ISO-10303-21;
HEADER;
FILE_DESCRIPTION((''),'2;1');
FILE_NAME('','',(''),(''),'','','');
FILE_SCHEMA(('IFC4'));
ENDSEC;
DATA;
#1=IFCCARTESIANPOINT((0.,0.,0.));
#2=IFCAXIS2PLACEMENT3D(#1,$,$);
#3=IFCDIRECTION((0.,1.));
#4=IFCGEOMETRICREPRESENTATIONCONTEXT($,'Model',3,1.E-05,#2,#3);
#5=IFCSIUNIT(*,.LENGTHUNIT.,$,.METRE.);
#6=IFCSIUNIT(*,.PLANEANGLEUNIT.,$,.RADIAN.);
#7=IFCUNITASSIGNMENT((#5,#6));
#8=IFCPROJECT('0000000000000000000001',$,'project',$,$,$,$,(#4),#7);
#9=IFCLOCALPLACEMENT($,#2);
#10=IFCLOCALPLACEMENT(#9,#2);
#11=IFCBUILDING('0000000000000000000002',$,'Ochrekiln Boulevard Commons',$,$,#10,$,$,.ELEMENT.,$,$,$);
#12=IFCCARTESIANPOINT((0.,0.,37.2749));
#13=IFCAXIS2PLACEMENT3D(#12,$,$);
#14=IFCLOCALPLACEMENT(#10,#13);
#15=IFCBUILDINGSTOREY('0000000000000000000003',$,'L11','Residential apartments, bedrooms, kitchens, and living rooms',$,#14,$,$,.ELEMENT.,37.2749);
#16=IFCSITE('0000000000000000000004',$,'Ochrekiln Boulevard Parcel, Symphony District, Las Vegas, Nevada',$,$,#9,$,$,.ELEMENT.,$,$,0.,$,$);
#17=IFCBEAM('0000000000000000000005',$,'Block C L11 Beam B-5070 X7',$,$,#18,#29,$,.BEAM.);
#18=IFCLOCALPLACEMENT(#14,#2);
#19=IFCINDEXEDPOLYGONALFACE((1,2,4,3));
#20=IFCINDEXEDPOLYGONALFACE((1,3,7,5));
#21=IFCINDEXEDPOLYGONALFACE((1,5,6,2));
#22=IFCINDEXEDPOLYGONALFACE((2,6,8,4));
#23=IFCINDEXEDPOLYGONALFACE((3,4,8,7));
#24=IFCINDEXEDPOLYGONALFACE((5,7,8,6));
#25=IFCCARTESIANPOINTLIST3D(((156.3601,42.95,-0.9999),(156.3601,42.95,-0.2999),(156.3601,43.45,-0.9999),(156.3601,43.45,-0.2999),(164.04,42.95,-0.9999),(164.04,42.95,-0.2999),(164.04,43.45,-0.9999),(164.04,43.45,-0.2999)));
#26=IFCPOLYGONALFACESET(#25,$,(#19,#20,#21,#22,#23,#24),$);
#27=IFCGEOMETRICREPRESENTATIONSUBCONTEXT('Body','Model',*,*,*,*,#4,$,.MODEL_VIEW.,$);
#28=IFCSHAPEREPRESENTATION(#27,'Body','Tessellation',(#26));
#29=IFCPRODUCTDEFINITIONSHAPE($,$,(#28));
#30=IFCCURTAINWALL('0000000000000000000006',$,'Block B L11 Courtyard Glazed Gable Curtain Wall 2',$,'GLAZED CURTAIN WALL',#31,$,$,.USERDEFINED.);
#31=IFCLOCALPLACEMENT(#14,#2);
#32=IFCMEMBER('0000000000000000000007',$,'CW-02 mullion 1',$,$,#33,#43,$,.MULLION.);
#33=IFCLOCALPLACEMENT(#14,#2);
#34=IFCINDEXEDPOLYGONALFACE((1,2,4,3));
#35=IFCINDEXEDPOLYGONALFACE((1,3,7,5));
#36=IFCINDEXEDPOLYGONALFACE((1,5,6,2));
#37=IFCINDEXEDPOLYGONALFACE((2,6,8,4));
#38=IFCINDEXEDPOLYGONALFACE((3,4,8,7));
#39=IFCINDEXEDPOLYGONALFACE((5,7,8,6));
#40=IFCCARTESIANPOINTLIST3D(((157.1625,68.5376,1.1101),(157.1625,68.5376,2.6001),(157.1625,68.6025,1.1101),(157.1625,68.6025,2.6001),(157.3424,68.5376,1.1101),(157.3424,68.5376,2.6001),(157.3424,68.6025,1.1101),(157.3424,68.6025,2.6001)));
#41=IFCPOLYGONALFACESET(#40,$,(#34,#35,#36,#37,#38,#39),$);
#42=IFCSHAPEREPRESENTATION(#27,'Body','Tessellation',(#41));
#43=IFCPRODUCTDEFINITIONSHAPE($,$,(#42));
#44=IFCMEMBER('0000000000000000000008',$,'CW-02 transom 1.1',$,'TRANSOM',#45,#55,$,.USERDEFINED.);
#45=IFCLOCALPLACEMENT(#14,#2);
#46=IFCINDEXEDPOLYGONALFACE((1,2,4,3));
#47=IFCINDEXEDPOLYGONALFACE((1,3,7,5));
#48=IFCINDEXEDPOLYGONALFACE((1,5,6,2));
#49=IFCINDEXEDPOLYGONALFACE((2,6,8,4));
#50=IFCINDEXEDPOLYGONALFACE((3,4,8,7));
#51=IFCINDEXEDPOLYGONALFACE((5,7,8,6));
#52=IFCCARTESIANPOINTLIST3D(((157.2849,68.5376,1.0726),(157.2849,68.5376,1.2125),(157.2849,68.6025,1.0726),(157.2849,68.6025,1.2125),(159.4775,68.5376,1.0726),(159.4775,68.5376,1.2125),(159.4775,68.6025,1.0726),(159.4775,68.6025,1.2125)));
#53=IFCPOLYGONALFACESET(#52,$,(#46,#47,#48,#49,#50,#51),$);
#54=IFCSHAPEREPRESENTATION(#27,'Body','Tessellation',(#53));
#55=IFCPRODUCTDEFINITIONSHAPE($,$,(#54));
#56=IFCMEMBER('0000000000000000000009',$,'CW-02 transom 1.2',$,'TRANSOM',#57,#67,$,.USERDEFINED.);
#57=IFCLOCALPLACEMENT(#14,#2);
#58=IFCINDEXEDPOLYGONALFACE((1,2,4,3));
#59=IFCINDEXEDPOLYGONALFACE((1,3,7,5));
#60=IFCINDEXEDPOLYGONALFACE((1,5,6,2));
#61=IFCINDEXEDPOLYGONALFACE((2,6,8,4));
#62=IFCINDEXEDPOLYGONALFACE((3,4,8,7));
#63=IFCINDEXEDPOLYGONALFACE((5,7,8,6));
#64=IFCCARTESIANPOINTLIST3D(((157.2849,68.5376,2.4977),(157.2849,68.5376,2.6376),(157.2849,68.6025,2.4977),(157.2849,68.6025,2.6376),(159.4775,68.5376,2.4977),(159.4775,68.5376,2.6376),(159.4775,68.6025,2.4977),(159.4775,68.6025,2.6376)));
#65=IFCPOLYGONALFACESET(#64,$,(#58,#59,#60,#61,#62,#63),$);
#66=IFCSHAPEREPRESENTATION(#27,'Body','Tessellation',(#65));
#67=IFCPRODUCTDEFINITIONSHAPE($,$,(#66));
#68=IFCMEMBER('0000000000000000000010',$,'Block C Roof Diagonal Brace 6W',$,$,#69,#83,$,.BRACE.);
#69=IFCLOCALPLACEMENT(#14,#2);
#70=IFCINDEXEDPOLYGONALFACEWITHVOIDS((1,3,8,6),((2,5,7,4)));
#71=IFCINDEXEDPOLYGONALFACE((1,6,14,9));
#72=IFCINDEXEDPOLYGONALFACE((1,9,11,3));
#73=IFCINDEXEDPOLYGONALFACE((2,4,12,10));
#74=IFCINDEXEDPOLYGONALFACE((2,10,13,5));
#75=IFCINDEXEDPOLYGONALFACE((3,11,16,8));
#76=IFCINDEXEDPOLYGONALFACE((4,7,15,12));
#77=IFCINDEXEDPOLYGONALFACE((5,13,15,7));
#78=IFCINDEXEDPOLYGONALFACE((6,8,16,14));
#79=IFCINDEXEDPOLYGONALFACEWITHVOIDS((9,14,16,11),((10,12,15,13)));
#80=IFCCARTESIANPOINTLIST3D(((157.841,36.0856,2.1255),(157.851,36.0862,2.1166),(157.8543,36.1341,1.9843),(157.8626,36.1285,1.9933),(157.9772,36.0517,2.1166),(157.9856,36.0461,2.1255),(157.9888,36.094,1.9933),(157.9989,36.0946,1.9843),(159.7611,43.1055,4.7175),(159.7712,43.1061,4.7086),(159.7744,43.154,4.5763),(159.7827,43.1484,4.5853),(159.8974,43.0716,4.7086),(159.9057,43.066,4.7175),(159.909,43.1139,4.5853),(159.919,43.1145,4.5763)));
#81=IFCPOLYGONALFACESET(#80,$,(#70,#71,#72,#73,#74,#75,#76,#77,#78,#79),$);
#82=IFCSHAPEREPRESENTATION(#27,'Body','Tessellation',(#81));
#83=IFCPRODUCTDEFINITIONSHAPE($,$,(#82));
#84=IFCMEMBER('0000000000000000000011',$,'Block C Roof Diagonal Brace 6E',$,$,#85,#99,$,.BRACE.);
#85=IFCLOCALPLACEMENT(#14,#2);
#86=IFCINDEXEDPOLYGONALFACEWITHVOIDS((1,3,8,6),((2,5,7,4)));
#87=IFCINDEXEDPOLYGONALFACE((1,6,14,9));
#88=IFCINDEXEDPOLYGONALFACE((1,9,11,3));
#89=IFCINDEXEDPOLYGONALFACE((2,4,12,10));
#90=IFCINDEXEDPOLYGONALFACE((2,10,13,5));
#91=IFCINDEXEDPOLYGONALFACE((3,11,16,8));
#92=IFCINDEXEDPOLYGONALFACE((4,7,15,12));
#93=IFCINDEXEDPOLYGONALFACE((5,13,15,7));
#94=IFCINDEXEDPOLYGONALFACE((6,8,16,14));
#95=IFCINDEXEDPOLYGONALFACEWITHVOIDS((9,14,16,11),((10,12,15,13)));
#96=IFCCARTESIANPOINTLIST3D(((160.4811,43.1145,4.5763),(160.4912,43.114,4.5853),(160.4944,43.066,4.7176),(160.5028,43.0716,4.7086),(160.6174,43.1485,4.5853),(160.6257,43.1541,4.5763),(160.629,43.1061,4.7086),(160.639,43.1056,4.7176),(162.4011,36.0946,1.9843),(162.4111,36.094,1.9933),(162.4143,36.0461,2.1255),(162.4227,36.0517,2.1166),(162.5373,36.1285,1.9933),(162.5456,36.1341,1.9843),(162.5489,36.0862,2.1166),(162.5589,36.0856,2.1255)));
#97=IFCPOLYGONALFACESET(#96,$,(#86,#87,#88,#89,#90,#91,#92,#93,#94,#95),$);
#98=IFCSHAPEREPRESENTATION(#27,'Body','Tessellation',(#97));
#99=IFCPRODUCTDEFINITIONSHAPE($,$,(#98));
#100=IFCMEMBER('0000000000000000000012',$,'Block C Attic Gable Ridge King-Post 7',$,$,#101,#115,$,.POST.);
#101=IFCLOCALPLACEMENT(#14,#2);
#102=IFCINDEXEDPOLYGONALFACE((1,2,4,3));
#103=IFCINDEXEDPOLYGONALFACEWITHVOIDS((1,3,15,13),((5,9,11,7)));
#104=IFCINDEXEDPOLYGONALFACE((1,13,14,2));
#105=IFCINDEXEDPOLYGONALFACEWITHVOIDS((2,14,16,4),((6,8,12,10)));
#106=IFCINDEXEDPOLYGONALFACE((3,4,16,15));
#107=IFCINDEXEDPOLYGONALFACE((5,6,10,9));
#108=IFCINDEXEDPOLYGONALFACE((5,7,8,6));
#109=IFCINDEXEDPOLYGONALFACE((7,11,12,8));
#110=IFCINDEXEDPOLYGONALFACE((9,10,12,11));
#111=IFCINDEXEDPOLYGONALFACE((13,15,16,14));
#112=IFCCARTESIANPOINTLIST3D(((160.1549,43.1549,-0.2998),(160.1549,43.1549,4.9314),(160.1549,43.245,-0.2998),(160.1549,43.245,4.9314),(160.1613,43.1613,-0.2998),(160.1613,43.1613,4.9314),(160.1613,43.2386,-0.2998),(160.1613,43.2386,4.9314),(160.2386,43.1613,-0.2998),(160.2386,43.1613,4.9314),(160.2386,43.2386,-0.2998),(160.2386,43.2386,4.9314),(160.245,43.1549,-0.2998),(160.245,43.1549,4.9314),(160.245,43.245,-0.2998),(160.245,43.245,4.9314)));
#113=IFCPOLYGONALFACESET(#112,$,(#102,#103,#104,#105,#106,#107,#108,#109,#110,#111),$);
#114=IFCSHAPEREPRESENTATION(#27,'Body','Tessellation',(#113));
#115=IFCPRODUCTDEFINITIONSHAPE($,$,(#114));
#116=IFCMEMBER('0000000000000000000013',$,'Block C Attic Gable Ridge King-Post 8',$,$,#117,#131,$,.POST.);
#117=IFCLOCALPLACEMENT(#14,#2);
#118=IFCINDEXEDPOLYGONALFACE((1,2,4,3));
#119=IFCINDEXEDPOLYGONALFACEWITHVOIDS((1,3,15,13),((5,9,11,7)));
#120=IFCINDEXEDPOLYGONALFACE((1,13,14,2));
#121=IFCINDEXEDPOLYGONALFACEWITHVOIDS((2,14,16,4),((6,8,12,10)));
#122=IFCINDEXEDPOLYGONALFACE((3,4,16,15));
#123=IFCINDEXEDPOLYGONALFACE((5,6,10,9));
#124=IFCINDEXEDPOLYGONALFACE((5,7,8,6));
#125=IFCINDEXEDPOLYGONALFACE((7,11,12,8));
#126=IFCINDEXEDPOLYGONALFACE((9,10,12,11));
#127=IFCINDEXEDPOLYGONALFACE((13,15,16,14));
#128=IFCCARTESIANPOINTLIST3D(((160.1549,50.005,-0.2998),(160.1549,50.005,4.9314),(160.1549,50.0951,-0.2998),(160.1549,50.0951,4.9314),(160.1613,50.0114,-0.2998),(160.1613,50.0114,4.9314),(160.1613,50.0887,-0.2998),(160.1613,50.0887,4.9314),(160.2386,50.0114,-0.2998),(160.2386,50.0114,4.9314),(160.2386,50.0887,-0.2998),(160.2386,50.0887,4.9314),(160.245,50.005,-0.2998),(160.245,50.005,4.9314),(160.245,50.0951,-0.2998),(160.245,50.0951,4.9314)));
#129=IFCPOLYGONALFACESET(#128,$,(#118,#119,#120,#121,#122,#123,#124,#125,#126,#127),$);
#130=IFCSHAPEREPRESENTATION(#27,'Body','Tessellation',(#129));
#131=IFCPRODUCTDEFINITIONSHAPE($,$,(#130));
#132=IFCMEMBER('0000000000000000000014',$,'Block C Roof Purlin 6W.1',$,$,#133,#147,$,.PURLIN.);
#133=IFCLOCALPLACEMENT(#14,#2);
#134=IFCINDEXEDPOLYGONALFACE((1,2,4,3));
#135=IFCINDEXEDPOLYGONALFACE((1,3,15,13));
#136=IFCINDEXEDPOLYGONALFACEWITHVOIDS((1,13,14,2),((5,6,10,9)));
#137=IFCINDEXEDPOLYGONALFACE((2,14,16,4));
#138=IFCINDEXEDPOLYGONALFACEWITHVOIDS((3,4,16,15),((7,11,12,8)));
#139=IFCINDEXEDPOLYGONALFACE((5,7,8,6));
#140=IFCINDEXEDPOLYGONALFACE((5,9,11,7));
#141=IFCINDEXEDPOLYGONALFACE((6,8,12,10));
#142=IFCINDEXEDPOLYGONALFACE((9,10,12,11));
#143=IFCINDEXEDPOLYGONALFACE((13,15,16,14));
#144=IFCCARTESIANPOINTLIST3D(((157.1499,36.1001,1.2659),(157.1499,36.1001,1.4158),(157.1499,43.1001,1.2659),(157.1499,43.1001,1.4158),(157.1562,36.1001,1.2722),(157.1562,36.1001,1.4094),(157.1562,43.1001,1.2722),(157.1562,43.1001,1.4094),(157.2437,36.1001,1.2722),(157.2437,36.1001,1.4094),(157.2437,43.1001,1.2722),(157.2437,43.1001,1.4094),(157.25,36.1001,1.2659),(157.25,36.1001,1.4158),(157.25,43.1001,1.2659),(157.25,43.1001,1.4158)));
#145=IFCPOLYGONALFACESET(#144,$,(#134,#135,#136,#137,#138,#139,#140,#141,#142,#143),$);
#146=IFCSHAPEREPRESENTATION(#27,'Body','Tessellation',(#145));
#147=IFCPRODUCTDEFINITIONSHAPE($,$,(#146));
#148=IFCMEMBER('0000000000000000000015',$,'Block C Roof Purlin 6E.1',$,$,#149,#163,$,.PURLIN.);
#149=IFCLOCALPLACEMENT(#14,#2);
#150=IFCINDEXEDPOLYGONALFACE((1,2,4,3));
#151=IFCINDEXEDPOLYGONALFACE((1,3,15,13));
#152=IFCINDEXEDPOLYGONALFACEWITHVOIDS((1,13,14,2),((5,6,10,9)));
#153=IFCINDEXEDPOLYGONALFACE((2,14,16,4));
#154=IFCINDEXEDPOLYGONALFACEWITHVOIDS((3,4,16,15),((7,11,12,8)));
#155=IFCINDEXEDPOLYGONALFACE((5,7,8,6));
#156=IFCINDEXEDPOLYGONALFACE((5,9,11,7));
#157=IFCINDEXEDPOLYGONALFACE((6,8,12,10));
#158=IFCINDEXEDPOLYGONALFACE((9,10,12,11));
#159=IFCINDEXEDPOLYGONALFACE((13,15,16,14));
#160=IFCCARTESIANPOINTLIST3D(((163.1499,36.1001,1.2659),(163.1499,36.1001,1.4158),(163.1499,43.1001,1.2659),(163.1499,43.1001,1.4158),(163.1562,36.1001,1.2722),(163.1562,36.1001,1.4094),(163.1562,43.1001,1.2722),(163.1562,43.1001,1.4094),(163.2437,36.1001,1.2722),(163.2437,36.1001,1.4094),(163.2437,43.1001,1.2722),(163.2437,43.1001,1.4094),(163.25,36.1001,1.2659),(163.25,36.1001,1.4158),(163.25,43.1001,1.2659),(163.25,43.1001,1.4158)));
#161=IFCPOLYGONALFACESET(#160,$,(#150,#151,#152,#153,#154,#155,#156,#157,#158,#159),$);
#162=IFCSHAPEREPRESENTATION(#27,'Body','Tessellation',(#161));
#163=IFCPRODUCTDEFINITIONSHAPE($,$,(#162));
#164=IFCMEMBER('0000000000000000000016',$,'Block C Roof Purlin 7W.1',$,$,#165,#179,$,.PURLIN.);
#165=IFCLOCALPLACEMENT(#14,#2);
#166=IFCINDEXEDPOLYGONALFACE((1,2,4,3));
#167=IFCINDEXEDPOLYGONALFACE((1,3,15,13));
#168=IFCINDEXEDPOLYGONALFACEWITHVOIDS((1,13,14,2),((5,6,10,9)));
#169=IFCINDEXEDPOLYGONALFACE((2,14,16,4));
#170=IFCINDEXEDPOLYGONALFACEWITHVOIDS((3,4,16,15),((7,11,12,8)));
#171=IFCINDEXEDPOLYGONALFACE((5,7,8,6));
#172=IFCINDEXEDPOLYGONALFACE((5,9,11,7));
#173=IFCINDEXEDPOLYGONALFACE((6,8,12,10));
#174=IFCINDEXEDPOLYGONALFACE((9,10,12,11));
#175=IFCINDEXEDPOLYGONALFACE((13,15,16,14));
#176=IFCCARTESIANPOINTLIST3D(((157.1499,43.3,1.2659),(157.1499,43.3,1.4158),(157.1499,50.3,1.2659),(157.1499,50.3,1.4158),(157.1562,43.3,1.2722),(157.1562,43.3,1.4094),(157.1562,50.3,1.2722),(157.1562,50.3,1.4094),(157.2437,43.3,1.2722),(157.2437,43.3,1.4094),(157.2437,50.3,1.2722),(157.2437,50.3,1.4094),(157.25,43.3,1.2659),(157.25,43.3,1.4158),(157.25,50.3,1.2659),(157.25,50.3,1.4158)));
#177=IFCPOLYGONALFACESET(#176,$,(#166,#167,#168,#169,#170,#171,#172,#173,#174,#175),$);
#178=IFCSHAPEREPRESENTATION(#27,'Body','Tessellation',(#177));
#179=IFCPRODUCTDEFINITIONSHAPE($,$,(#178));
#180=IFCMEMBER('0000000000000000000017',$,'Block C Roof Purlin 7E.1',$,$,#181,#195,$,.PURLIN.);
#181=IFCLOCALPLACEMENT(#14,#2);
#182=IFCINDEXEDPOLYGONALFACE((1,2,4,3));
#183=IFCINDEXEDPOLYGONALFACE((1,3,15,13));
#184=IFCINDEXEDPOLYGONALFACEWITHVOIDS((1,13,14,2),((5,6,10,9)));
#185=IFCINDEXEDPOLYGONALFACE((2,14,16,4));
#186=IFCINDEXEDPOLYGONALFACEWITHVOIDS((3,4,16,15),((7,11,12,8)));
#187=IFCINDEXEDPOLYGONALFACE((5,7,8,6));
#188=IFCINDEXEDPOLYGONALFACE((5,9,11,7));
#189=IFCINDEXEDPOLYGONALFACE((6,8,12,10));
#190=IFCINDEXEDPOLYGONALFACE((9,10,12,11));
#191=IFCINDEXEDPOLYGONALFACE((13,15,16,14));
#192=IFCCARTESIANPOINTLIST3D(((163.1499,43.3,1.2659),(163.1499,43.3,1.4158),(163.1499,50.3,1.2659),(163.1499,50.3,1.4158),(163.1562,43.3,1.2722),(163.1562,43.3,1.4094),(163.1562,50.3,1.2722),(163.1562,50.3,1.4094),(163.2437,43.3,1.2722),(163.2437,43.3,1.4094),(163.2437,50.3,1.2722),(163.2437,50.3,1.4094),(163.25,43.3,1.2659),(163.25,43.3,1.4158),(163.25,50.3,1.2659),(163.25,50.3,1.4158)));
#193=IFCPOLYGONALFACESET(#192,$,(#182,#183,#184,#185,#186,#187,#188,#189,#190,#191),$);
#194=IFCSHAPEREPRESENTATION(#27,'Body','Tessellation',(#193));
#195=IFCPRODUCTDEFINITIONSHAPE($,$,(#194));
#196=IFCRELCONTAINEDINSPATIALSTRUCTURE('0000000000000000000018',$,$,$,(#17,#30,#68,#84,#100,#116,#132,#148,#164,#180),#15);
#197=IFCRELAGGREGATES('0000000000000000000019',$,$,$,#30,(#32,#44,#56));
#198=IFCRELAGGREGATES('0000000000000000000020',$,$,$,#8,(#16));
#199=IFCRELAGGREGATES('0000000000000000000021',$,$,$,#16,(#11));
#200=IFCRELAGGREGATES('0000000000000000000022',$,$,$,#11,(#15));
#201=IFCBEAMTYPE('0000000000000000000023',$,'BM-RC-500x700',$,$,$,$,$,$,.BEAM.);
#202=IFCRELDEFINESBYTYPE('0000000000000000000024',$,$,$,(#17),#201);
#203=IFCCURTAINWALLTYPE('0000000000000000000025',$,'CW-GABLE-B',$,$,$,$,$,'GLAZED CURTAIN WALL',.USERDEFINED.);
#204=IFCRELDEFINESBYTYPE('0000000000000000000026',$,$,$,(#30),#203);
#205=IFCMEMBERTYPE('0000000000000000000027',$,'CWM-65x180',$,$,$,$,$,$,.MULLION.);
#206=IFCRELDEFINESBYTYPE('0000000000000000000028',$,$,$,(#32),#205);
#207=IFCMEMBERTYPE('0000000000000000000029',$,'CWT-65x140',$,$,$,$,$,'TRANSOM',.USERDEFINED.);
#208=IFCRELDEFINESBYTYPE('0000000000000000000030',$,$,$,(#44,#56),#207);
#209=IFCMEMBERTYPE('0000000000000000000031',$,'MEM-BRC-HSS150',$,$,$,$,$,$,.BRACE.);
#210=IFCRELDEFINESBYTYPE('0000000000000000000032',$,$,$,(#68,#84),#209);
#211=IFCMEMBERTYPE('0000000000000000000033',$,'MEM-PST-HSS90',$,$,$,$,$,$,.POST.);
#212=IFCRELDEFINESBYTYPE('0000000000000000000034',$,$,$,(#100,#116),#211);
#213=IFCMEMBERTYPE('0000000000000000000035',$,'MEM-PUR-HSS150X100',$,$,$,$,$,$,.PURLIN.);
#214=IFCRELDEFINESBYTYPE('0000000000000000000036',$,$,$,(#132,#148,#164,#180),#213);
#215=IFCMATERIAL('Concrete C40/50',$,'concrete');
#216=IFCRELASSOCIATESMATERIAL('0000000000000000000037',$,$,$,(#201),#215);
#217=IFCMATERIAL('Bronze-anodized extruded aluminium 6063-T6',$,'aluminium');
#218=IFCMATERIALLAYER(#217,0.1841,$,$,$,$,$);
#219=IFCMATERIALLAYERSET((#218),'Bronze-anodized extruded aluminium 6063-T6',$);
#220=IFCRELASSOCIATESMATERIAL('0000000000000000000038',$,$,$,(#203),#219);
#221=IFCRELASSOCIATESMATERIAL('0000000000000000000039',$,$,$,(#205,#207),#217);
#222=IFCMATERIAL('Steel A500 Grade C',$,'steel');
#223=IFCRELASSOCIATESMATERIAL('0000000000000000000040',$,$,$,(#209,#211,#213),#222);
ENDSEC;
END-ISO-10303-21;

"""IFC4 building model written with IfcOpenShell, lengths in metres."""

from ifc_helpers import new_model, si_unit, direction, frame, origin, origin_2d, place, context, subcontext, project, spatial, rectangle, hollow_rectangle, extrude, material, layer, layer_set, material_profile, profile_set, type_object, element, aggregate, save


model = new_model("IFC4")

# Units and contexts
model_context = context("Model", 3, precision=1e-05, world=origin(), true_north=direction((0.0, 1.0)))
body_context = subcontext(model_context, "Body", "Model", "MODEL_VIEW")
ifc_project = project(units=[si_unit("LENGTHUNIT", "METRE"), si_unit("PLANEANGLEUNIT", "RADIAN")], contexts=[model_context])

# Site, building, storey
site_placement = place(None, origin())
site = spatial("IfcSite", under=ifc_project, at=site_placement, Name="Ochrekiln Boulevard Parcel, Symphony District, Las Vegas, Nevada", CompositionType="ELEMENT", RefElevation=0.0)
building_placement = place(site_placement, origin())
building = spatial("IfcBuilding", under=site, at=building_placement, Name="Ochrekiln Boulevard Commons", CompositionType="ELEMENT")
storey_placement = place(building_placement, frame((0.0, 0.0, 37.2749)))
storey = spatial("IfcBuildingStorey", under=building, at=storey_placement, Name="L11", Description="Residential apartments, bedrooms, kitchens, and living rooms", CompositionType="ELEMENT", Elevation=37.2749)

# Beam
ifc_material_1 = material(Name="Concrete C40/50", Category="concrete")
ifc_material_profile_1 = material_profile(ifc_material_1, rectangle(XDim=0.5, YDim=0.7, at=origin_2d()), Name="RC-BM-500x700")
ifc_profile_set_1 = profile_set([ifc_material_profile_1], Name="Concrete C40/50")
beam_type_1 = type_object("IfcBeamType", Name="BM-RC-500x700", PredefinedType="BEAM", material=ifc_profile_set_1)
beam_1_placement = place(storey_placement, frame((156.3601, 43.2, -0.6499), z_axis=(1.0, 0.0, 0.0), x_axis=(0.0, 1.0, 0.0)))
element("IfcBeam", 1, at=beam_1_placement, inside=storey, type_object=beam_type_1, Name="Block C L11 Beam B-5070 X7", PredefinedType="BEAM", context=body_context, shape_type="SweptSolid", body=[
    extrude(rectangle(XDim=0.5, YDim=0.7, at=origin_2d()), origin(), (0.0, 0.0, 1.0), 7.6799),
])

# Curtain wall, members
ifc_material_2 = material(Name="Bronze-anodized extruded aluminium 6063-T6", Category="aluminium")
ifc_layer_1 = layer(ifc_material_2, 0.1841)
ifc_layer_set_1 = layer_set([ifc_layer_1], Name="Bronze-anodized extruded aluminium 6063-T6")
curtain_wall_type = type_object("IfcCurtainWallType", Name="CW-GABLE-B", ElementType="GLAZED CURTAIN WALL", PredefinedType="USERDEFINED", material=ifc_layer_set_1)
curtain_wall_placement = place(storey_placement, origin())
curtain_wall = element("IfcCurtainWall", 2, at=curtain_wall_placement, inside=storey, type_object=curtain_wall_type, Name="Block B L11 Courtyard Glazed Gable Curtain Wall 2", ObjectType="GLAZED CURTAIN WALL", PredefinedType="USERDEFINED")
ifc_material_profile_2 = material_profile(ifc_material_2, rectangle(XDim=0.0649, YDim=0.1799, at=origin_2d()), Name="ALU-MUL-65x180")
ifc_profile_set_2 = profile_set([ifc_material_profile_2], Name="Bronze-anodized extruded aluminium 6063-T6")
member_type_1 = type_object("IfcMemberType", Name="CWM-65x180", PredefinedType="MULLION", material=ifc_profile_set_2)
member_1_placement = place(storey_placement, frame((157.2524, 68.5701, 1.1101), z_axis=(0.0, 0.0, 1.0), x_axis=(0.0, 1.0, 0.0)))
member_1 = element("IfcMember", 3, at=member_1_placement, type_object=member_type_1, Name="CW-02 mullion 1", PredefinedType="MULLION", context=body_context, shape_type="SweptSolid", body=[
    extrude(rectangle(XDim=0.0649, YDim=0.1799, at=origin_2d()), origin(), (0.0, 0.0, 1.0), 1.49),
])
ifc_material_profile_3 = material_profile(ifc_material_2, rectangle(XDim=0.0649, YDim=0.1399, at=origin_2d()), Name="ALU-TRN-65x140")
ifc_profile_set_3 = profile_set([ifc_material_profile_3], Name="Bronze-anodized extruded aluminium 6063-T6")
member_type_2 = type_object("IfcMemberType", Name="CWT-65x140", ElementType="TRANSOM", PredefinedType="USERDEFINED", material=ifc_profile_set_3)
member_2_placement = place(storey_placement, frame((157.2849, 68.5701, 1.1426), z_axis=(1.0, 0.0, 0.0), x_axis=(0.0, 1.0, 0.0)))
member_2 = element("IfcMember", 4, at=member_2_placement, type_object=member_type_2, Name="CW-02 transom 1.1", ObjectType="TRANSOM", PredefinedType="USERDEFINED", context=body_context, shape_type="SweptSolid", body=[
    extrude(rectangle(XDim=0.0649, YDim=0.1399, at=origin_2d()), origin(), (0.0, 0.0, 1.0), 2.1926),
])
member_3_placement = place(storey_placement, frame((157.2849, 68.5701, 2.5676), z_axis=(1.0, 0.0, 0.0), x_axis=(0.0, 1.0, 0.0)))
member_3 = element("IfcMember", 5, at=member_3_placement, type_object=member_type_2, Name="CW-02 transom 1.2", ObjectType="TRANSOM", PredefinedType="USERDEFINED", context=body_context, shape_type="SweptSolid", body=[
    extrude(rectangle(XDim=0.0649, YDim=0.1399, at=origin_2d()), origin(), (0.0, 0.0, 1.0), 2.1926),
])
aggregate(curtain_wall, [member_1, member_2, member_3])

# Members
ifc_material_3 = material(Name="Steel A500 Grade C", Category="steel")
ifc_material_profile_4 = material_profile(ifc_material_3, hollow_rectangle(XDim=0.1499, YDim=0.1499, WallThickness=0.0095, at=origin_2d()), Name="HSS150X150X9.5")
ifc_profile_set_4 = profile_set([ifc_material_profile_4], Name="Steel A500 Grade C")
member_type_3 = type_object("IfcMemberType", Name="MEM-BRC-HSS150", PredefinedType="BRACE", material=ifc_profile_set_4)
for number, where, z_axis, x_axis, name in (
    (6, (157.9199, 36.0901, 2.0549), (0.248543, 0.908658, 0.335509), (-0.964568, 0.263835, 0.0), "Block C Roof Diagonal Brace 6W"),
    (7, (162.48, 36.0901, 2.0549), (-0.248513, 0.908666, 0.335512), (-0.964576, -0.263804, 0.0), "Block C Roof Diagonal Brace 6E"),
):
    element("IfcMember", number, at=place(storey_placement, frame(where, z_axis=z_axis, x_axis=x_axis)), inside=storey, type_object=member_type_3, Name=name, PredefinedType="BRACE", context=body_context, shape_type="SweptSolid", body=[
        extrude(hollow_rectangle(XDim=0.1499, YDim=0.1499, WallThickness=0.0095, at=origin_2d()), origin(), (0.0, 0.0, 1.0), 7.7256),
    ])
ifc_material_profile_5 = material_profile(ifc_material_3, hollow_rectangle(XDim=0.0901, YDim=0.0901, WallThickness=0.0063, at=origin_2d()), Name="HSS90X90X6.4")
ifc_profile_set_5 = profile_set([ifc_material_profile_5], Name="Steel A500 Grade C")
member_type_4 = type_object("IfcMemberType", Name="MEM-PST-HSS90", PredefinedType="POST", material=ifc_profile_set_5)
for number, where, z_axis, x_axis, name in (
    (8, (160.2, 43.2, -0.2998), (0.0, 0.0, 1.0), (1.0, 0.0, 0.0), "Block C Attic Gable Ridge King-Post 7"),
    (9, (160.2, 50.05, -0.2998), (0.0, 0.0, 1.0), (1.0, 0.0, 0.0), "Block C Attic Gable Ridge King-Post 8"),
):
    element("IfcMember", number, at=place(storey_placement, frame(where, z_axis=z_axis, x_axis=x_axis)), inside=storey, type_object=member_type_4, Name=name, PredefinedType="POST", context=body_context, shape_type="SweptSolid", body=[
        extrude(hollow_rectangle(XDim=0.0901, YDim=0.0901, WallThickness=0.0063, at=origin_2d()), origin(), (0.0, 0.0, 1.0), 5.2312),
    ])
ifc_material_profile_6 = material_profile(ifc_material_3, hollow_rectangle(XDim=0.1001, YDim=0.1499, WallThickness=0.0063, at=origin_2d()), Name="HSS150X100X6.4")
ifc_profile_set_6 = profile_set([ifc_material_profile_6], Name="Steel A500 Grade C")
member_type_5 = type_object("IfcMemberType", Name="MEM-PUR-HSS150X100", PredefinedType="PURLIN", material=ifc_profile_set_6)
for number, where, z_axis, x_axis, name in (
    (10, (157.2, 36.1001, 1.3408), (0.0, 1.0, 0.0), (-1.0, 0.0, 0.0), "Block C Roof Purlin 6W.1"),
    (11, (163.2, 36.1001, 1.3408), (0.0, 1.0, 0.0), (-1.0, 0.0, 0.0), "Block C Roof Purlin 6E.1"),
    (12, (157.2, 43.3, 1.3408), (0.0, 1.0, 0.0), (-1.0, 0.0, 0.0), "Block C Roof Purlin 7W.1"),
    (13, (163.2, 43.3, 1.3408), (0.0, 1.0, 0.0), (-1.0, 0.0, 0.0), "Block C Roof Purlin 7E.1"),
):
    element("IfcMember", number, at=place(storey_placement, frame(where, z_axis=z_axis, x_axis=x_axis)), inside=storey, type_object=member_type_5, Name=name, PredefinedType="PURLIN", context=body_context, shape_type="SweptSolid", body=[
        extrude(hollow_rectangle(XDim=0.1001, YDim=0.1499, WallThickness=0.0063, at=origin_2d()), origin(), (0.0, 0.0, 1.0), 7.0),
    ])

save(model, "model.ifc")
